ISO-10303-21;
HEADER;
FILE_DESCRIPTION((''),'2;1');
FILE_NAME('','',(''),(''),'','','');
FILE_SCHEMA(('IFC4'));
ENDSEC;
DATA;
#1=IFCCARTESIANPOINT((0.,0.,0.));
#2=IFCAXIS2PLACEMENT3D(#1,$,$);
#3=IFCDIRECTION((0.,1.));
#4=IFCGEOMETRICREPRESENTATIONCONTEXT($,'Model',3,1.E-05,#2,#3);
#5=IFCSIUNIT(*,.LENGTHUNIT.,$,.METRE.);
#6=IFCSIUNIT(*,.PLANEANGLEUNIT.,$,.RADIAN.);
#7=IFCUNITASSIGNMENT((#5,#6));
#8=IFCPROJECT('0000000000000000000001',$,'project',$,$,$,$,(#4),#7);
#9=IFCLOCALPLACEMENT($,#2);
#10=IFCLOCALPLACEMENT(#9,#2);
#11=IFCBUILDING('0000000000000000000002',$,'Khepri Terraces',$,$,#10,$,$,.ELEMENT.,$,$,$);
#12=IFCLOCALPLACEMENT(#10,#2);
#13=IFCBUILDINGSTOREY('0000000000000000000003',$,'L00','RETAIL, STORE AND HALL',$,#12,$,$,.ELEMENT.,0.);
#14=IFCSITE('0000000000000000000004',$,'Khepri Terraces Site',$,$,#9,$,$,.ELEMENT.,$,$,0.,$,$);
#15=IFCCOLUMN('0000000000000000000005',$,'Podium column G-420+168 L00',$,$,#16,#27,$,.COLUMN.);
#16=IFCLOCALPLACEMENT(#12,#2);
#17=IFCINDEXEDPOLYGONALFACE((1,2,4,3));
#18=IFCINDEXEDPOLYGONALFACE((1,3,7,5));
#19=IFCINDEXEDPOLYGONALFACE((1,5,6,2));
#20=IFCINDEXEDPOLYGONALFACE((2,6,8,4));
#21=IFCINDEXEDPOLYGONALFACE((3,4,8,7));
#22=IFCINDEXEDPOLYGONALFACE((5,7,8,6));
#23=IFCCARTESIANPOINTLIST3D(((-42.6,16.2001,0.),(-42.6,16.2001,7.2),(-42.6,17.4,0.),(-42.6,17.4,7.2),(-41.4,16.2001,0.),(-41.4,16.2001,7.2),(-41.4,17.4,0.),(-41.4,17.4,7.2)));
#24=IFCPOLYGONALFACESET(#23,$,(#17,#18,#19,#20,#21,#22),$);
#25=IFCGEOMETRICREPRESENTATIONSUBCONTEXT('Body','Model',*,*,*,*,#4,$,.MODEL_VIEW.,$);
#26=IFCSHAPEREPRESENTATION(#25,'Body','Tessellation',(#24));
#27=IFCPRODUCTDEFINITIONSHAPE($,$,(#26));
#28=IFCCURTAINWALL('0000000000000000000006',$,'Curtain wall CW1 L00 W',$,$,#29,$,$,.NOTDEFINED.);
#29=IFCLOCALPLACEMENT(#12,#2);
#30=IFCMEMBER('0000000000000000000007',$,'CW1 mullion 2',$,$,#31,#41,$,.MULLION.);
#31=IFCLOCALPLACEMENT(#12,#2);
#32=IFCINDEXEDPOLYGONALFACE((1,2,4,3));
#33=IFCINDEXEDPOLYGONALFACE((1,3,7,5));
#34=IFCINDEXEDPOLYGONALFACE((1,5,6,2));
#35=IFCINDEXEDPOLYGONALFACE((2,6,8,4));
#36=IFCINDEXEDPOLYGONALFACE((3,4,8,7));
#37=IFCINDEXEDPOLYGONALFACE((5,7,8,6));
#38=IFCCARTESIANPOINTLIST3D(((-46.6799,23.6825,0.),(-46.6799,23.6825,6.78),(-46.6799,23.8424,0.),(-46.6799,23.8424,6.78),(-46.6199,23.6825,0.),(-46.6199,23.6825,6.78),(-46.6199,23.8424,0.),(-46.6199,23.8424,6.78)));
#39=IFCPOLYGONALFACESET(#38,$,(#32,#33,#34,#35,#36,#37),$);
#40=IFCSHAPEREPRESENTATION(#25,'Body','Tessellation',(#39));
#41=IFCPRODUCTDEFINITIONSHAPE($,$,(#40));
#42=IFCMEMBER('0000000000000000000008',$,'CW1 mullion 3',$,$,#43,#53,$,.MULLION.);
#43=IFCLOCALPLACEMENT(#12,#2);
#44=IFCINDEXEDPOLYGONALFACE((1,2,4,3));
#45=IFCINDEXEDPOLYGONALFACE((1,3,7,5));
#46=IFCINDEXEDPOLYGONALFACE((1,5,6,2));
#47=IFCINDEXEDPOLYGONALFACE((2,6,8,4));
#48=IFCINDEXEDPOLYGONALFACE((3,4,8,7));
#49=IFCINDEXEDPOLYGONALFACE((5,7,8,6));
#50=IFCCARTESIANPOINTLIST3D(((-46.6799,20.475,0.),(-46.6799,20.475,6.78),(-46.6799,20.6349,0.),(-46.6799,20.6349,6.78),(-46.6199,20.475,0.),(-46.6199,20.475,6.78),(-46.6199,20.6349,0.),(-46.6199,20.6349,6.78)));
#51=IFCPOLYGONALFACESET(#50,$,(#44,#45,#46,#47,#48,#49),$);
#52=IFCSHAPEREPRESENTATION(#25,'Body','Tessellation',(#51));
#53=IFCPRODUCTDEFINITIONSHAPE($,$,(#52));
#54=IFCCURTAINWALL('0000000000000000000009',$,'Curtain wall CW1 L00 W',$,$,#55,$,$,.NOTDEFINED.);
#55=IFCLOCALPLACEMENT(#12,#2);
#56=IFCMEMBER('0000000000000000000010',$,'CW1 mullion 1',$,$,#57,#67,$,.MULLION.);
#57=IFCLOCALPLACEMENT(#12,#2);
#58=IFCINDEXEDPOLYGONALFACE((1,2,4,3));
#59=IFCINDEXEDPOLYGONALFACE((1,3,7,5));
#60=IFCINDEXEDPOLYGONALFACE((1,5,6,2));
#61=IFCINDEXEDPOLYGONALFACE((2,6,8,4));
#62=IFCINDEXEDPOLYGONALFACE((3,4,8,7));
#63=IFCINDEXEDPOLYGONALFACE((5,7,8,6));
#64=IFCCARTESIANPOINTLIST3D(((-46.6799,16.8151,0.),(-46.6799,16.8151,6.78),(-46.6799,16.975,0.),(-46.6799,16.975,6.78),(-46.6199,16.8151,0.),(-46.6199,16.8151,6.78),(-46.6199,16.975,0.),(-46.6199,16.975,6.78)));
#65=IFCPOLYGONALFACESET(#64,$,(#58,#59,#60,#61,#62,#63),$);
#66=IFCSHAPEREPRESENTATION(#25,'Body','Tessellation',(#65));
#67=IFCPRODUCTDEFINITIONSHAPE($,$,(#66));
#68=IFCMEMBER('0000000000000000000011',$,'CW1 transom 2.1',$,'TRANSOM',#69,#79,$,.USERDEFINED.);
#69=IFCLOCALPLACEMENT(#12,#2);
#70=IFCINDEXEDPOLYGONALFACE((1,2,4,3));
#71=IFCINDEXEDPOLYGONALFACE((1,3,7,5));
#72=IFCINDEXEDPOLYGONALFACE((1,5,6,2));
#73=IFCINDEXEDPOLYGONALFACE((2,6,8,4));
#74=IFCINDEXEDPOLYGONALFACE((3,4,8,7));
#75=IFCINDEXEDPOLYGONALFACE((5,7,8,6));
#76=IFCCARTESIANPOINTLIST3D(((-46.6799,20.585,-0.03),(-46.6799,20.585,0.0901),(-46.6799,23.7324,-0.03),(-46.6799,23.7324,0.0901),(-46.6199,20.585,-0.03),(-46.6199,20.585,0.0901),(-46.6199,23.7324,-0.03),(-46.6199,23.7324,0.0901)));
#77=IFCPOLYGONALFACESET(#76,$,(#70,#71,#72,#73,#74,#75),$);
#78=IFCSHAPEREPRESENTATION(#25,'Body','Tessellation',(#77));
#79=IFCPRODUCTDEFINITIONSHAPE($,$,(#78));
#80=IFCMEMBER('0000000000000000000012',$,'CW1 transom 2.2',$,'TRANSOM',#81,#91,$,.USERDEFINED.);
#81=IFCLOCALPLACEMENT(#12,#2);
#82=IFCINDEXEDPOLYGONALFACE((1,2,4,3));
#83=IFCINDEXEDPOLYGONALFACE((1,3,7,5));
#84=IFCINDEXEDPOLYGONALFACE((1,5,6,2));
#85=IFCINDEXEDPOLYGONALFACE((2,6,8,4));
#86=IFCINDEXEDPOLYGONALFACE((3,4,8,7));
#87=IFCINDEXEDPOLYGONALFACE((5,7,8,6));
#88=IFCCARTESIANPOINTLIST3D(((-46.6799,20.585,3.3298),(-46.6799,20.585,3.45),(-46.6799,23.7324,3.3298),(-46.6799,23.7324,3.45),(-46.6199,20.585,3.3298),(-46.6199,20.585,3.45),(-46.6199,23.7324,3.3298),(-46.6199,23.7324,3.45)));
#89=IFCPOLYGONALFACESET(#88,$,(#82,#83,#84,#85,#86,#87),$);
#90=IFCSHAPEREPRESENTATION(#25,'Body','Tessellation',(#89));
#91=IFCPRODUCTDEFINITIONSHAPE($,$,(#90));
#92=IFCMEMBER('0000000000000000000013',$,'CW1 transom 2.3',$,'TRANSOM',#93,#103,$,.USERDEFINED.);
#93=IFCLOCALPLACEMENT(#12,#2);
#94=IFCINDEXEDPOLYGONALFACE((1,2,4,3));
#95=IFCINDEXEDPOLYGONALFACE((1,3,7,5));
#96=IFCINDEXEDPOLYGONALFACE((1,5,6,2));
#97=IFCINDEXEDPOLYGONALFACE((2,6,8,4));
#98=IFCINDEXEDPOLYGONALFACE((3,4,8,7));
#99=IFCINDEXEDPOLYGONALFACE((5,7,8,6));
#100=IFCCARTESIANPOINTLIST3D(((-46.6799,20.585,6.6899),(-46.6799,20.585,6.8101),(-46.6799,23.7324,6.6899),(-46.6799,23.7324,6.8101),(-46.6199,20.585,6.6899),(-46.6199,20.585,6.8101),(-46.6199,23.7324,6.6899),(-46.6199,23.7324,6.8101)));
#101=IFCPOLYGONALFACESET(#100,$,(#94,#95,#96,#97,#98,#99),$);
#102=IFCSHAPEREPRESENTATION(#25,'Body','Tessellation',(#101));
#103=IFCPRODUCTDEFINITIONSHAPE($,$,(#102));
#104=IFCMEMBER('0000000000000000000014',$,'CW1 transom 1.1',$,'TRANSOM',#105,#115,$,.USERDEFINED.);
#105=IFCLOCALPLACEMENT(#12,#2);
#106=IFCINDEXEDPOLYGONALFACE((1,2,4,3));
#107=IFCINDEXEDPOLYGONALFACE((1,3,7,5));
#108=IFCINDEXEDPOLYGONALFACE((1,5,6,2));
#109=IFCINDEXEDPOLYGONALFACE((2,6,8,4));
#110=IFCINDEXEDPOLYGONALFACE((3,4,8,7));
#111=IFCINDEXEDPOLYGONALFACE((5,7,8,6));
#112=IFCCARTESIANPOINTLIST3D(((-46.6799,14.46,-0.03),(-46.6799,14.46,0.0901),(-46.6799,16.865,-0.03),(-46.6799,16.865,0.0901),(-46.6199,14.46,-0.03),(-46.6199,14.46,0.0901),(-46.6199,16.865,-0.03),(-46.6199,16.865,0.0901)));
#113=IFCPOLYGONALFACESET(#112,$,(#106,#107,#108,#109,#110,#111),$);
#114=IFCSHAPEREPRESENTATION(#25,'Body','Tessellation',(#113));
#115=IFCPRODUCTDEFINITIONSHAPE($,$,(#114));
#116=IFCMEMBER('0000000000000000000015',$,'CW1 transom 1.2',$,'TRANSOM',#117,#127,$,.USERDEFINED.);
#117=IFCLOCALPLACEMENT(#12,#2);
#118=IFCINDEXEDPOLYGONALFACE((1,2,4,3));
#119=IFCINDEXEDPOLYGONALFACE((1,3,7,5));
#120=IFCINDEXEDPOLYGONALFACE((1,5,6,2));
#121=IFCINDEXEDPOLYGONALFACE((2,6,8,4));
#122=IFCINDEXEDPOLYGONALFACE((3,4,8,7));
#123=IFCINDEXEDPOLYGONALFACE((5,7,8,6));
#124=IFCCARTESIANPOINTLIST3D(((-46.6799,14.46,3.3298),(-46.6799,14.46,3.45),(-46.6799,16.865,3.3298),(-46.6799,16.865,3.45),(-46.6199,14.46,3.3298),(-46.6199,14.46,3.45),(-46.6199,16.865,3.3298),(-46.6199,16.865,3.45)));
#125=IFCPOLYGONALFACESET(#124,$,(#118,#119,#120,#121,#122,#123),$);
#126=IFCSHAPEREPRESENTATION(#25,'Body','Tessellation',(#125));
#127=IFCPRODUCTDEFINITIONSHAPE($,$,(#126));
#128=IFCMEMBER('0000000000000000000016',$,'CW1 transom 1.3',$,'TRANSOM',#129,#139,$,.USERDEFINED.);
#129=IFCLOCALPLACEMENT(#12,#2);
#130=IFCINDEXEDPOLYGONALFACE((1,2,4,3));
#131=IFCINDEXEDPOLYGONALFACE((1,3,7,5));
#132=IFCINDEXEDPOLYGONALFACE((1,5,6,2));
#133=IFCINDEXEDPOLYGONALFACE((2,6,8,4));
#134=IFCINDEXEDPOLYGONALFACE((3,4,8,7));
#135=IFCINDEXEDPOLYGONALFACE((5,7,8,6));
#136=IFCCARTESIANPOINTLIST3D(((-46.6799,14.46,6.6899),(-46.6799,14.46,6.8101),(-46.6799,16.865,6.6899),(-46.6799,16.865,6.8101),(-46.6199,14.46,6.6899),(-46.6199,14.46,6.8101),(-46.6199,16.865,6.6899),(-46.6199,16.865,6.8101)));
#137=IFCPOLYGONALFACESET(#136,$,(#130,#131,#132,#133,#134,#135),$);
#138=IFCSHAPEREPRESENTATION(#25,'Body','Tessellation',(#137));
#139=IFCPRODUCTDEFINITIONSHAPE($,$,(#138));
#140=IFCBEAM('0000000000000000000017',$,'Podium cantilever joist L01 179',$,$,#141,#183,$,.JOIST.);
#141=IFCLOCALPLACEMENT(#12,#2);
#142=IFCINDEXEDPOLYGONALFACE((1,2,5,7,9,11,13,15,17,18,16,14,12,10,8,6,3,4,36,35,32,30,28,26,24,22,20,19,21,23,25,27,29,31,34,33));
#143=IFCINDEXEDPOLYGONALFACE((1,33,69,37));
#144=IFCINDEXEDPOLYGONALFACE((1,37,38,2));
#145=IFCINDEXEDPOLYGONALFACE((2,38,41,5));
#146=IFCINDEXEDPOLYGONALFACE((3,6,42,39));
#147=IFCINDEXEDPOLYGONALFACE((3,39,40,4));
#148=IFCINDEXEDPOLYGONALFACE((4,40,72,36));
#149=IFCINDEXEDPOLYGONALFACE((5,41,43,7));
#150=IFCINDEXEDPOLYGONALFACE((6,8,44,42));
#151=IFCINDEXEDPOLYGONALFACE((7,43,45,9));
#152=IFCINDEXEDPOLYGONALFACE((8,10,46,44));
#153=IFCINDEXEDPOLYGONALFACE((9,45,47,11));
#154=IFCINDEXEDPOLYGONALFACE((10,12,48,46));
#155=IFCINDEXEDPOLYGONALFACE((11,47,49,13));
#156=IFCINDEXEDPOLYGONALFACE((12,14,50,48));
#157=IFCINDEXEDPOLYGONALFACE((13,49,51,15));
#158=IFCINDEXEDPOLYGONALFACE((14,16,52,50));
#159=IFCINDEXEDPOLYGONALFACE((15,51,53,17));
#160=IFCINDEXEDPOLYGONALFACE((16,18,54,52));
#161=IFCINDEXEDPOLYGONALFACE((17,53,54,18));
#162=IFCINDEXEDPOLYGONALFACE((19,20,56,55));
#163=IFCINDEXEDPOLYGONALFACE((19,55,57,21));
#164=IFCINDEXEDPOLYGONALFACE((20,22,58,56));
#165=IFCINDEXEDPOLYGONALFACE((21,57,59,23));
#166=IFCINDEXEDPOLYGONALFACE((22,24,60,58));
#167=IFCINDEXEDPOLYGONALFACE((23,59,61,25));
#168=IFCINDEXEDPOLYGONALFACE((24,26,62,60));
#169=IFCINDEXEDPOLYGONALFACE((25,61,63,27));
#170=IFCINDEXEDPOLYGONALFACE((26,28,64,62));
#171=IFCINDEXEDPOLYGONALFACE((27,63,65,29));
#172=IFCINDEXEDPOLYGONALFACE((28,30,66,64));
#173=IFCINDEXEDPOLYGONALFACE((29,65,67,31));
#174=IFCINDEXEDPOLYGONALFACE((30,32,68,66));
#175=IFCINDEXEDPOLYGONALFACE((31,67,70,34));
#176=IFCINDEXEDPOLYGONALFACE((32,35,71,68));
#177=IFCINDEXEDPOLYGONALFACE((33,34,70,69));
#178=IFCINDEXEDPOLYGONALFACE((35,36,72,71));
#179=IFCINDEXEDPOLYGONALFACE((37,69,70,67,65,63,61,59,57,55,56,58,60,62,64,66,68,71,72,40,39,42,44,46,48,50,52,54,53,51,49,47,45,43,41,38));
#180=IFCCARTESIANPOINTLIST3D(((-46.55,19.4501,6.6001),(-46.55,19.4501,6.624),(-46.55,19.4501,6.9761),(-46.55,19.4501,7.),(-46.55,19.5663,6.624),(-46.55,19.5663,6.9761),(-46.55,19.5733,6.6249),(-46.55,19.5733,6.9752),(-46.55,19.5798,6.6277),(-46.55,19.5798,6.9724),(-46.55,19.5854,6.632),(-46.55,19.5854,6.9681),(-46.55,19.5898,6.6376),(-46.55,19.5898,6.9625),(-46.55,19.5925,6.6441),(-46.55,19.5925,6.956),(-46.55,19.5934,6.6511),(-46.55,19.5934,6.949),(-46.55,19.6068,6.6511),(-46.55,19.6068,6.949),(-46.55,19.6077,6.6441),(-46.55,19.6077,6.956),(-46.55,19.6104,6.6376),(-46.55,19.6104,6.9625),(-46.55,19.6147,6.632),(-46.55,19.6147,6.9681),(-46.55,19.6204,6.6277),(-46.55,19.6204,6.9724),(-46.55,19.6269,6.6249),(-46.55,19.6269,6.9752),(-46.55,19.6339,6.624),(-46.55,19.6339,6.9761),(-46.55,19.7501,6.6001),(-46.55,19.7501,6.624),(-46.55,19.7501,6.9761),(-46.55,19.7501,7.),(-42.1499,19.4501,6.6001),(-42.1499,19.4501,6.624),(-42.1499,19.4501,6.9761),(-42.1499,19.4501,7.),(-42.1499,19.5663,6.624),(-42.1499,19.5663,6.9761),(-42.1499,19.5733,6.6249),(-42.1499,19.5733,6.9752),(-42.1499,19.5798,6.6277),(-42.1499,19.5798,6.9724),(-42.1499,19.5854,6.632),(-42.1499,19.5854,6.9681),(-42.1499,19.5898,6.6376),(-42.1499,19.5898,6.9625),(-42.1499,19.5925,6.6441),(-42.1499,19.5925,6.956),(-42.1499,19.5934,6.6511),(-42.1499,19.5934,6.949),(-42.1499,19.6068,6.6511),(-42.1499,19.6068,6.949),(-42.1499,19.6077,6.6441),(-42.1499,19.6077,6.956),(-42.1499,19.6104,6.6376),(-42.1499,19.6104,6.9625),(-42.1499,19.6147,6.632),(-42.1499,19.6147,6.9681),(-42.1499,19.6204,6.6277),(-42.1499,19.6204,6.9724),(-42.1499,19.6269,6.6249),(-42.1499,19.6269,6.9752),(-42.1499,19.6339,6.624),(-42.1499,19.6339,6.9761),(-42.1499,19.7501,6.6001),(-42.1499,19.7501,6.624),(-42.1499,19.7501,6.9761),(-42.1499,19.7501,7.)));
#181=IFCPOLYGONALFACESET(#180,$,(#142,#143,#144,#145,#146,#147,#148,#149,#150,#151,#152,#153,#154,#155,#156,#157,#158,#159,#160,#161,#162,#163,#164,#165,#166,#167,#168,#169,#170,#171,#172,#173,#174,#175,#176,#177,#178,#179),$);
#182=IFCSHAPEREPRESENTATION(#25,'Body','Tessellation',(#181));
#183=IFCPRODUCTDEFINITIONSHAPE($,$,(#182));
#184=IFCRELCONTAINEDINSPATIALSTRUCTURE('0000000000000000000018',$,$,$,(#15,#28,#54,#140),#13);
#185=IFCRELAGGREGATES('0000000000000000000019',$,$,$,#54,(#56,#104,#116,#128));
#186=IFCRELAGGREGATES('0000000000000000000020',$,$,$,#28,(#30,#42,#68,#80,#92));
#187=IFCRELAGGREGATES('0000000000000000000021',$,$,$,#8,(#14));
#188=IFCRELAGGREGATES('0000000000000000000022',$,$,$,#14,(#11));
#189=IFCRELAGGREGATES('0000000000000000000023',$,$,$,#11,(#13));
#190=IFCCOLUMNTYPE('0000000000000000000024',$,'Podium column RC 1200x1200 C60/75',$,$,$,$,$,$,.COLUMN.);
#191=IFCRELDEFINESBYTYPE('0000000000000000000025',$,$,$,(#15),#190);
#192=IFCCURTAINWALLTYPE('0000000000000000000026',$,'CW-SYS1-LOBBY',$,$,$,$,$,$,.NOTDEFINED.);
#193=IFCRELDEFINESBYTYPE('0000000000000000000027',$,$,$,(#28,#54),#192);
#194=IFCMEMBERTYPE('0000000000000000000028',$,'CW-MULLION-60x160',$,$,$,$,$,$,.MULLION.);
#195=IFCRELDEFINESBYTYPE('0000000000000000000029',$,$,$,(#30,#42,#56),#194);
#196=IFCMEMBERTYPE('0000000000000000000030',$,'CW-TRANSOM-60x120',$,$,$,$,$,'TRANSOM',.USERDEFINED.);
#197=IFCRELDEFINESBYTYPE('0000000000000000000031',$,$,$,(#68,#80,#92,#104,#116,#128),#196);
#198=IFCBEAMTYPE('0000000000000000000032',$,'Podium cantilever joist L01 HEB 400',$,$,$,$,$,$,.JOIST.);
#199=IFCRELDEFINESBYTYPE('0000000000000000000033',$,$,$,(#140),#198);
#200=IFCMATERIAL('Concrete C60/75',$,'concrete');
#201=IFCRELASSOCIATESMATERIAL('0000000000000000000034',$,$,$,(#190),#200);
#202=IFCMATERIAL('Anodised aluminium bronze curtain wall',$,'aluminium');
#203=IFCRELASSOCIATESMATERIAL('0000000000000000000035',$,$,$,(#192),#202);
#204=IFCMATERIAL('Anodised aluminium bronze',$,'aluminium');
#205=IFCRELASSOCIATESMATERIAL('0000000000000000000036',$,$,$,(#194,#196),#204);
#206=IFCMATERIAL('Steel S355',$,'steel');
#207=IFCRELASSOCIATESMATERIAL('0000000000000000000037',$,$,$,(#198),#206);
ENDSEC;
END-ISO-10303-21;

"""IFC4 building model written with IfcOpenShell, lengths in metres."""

from ifc_helpers import new_model, si_unit, direction, frame, origin, origin_2d, place, context, subcontext, project, spatial, rectangle, i_section, extrude, material, material_profile, profile_set, type_object, element, aggregate, save


model = new_model("IFC4")

# Units and contexts
model_context = context("Model", 3, precision=1e-05, world=origin(), true_north=direction((0.0, 1.0)))
body_context = subcontext(model_context, "Body", "Model", "MODEL_VIEW")
ifc_project = project(units=[si_unit("LENGTHUNIT", "METRE"), si_unit("PLANEANGLEUNIT", "RADIAN")], contexts=[model_context])

# Site, building, storey
site_placement = place(None, origin())
site = spatial("IfcSite", under=ifc_project, at=site_placement, Name="Khepri Terraces Site", CompositionType="ELEMENT", RefElevation=0.0)
building_placement = place(site_placement, origin())
building = spatial("IfcBuilding", under=site, at=building_placement, Name="Khepri Terraces", CompositionType="ELEMENT")
storey_placement = place(building_placement, origin())
storey = spatial("IfcBuildingStorey", under=building, at=storey_placement, Name="L00", Description="RETAIL, STORE AND HALL", CompositionType="ELEMENT", Elevation=0.0)

# Column
ifc_material_1 = material(Name="Concrete C60/75", Category="concrete")
ifc_material_profile_1 = material_profile(ifc_material_1, rectangle(XDim=1.2, YDim=1.2, at=origin_2d()), Name="Concrete C60/75", Category="concrete")
ifc_profile_set_1 = profile_set([ifc_material_profile_1], Name="Concrete C60/75")
column_type = type_object("IfcColumnType", Name="Podium column RC 1200x1200 C60/75", PredefinedType="COLUMN", material=ifc_profile_set_1)
column_placement = place(storey_placement, frame((-42.0, 16.8, 0.0), z_axis=(0.0, 0.0, 1.0), x_axis=(1.0, 0.0, 0.0)))
element("IfcColumn", 1, at=column_placement, inside=storey, type_object=column_type, Name="Podium column G-420+168 L00", PredefinedType="COLUMN", context=body_context, shape_type="SweptSolid", body=[
    extrude(rectangle(XDim=1.2, YDim=1.2, at=origin_2d()), origin(), (0.0, 0.0, 1.0), 7.2),
])

# Curtain wall, members
ifc_material_2 = material(Name="Anodised aluminium bronze curtain wall", Category="aluminium")
curtain_wall_type = type_object("IfcCurtainWallType", Name="CW-SYS1-LOBBY", PredefinedType="NOTDEFINED", material=ifc_material_2)
curtain_wall_1_placement = place(storey_placement, origin())
curtain_wall_1 = element("IfcCurtainWall", 2, at=curtain_wall_1_placement, inside=storey, type_object=curtain_wall_type, Name="Curtain wall CW1 L00 W", PredefinedType="NOTDEFINED")
ifc_material_3 = material(Name="Anodised aluminium bronze", Category="aluminium")
ifc_material_profile_2 = material_profile(ifc_material_3, rectangle(XDim=0.0601, YDim=0.1599, at=origin_2d()), Name="Anodised aluminium bronze", Category="aluminium")
ifc_profile_set_2 = profile_set([ifc_material_profile_2], Name="Anodised aluminium bronze")
member_type_1 = type_object("IfcMemberType", Name="CW-MULLION-60x160", PredefinedType="MULLION", material=ifc_profile_set_2)
member_1_placement = place(storey_placement, frame((-46.6499, 23.7625, 0.0), z_axis=(0.0, 0.0, 1.0), x_axis=(1.0, 0.0, 0.0)))
member_1 = element("IfcMember", 3, at=member_1_placement, type_object=member_type_1, Name="CW1 mullion 2", PredefinedType="MULLION", context=body_context, shape_type="SweptSolid", body=[
    extrude(rectangle(XDim=0.0601, YDim=0.1599, at=origin_2d()), origin(), (0.0, 0.0, 1.0), 6.78),
])
member_2_placement = place(storey_placement, frame((-46.6499, 20.5549, 0.0), z_axis=(0.0, 0.0, 1.0), x_axis=(1.0, 0.0, 0.0)))
member_2 = element("IfcMember", 4, at=member_2_placement, type_object=member_type_1, Name="CW1 mullion 3", PredefinedType="MULLION", context=body_context, shape_type="SweptSolid", body=[
    extrude(rectangle(XDim=0.0601, YDim=0.1599, at=origin_2d()), origin(), (0.0, 0.0, 1.0), 6.78),
])

# Curtain wall, member
curtain_wall_2_placement = place(storey_placement, origin())
curtain_wall_2 = element("IfcCurtainWall", 5, at=curtain_wall_2_placement, inside=storey, type_object=curtain_wall_type, Name="Curtain wall CW1 L00 W", PredefinedType="NOTDEFINED")
member_3_placement = place(storey_placement, frame((-46.6499, 16.895, 0.0), z_axis=(0.0, 0.0, 1.0), x_axis=(1.0, 0.0, 0.0)))
member_3 = element("IfcMember", 6, at=member_3_placement, type_object=member_type_1, Name="CW1 mullion 1", PredefinedType="MULLION", context=body_context, shape_type="SweptSolid", body=[
    extrude(rectangle(XDim=0.0601, YDim=0.1599, at=origin_2d()), origin(), (0.0, 0.0, 1.0), 6.78),
])

# Members
ifc_material_profile_3 = material_profile(ifc_material_3, rectangle(XDim=0.0601, YDim=0.1201, at=origin_2d()), Name="Anodised aluminium bronze", Category="aluminium")
ifc_profile_set_3 = profile_set([ifc_material_profile_3], Name="Anodised aluminium bronze")
member_type_2 = type_object("IfcMemberType", Name="CW-TRANSOM-60x120", ElementType="TRANSOM", PredefinedType="USERDEFINED", material=ifc_profile_set_3)
member_4_placement = place(storey_placement, frame((-46.6499, 23.7324, 0.03), z_axis=(0.0, -1.0, 0.0), x_axis=(1.0, 0.0, 0.0)))
member_4 = element("IfcMember", 7, at=member_4_placement, type_object=member_type_2, Name="CW1 transom 2.1", ObjectType="TRANSOM", PredefinedType="USERDEFINED", context=body_context, shape_type="SweptSolid", body=[
    extrude(rectangle(XDim=0.0601, YDim=0.1201, at=origin_2d()), origin(), (0.0, 0.0, 1.0), 3.1475),
])
member_5_placement = place(storey_placement, frame((-46.6499, 23.7324, 3.3899), z_axis=(0.0, -1.0, 0.0), x_axis=(1.0, 0.0, 0.0)))
member_5 = element("IfcMember", 8, at=member_5_placement, type_object=member_type_2, Name="CW1 transom 2.2", ObjectType="TRANSOM", PredefinedType="USERDEFINED", context=body_context, shape_type="SweptSolid", body=[
    extrude(rectangle(XDim=0.0601, YDim=0.1201, at=origin_2d()), origin(), (0.0, 0.0, 1.0), 3.1475),
])
member_6_placement = place(storey_placement, frame((-46.6499, 23.7324, 6.75), z_axis=(0.0, -1.0, 0.0), x_axis=(1.0, 0.0, 0.0)))
member_6 = element("IfcMember", 9, at=member_6_placement, type_object=member_type_2, Name="CW1 transom 2.3", ObjectType="TRANSOM", PredefinedType="USERDEFINED", context=body_context, shape_type="SweptSolid", body=[
    extrude(rectangle(XDim=0.0601, YDim=0.1201, at=origin_2d()), origin(), (0.0, 0.0, 1.0), 3.1475),
])
member_7_placement = place(storey_placement, frame((-46.6499, 16.865, 0.03), z_axis=(0.0, -1.0, 0.0), x_axis=(1.0, 0.0, 0.0)))
member_7 = element("IfcMember", 10, at=member_7_placement, type_object=member_type_2, Name="CW1 transom 1.1", ObjectType="TRANSOM", PredefinedType="USERDEFINED", context=body_context, shape_type="SweptSolid", body=[
    extrude(rectangle(XDim=0.0601, YDim=0.1201, at=origin_2d()), origin(), (0.0, 0.0, 1.0), 2.405),
])
member_8_placement = place(storey_placement, frame((-46.6499, 16.865, 3.3899), z_axis=(0.0, -1.0, 0.0), x_axis=(1.0, 0.0, 0.0)))
member_8 = element("IfcMember", 11, at=member_8_placement, type_object=member_type_2, Name="CW1 transom 1.2", ObjectType="TRANSOM", PredefinedType="USERDEFINED", context=body_context, shape_type="SweptSolid", body=[
    extrude(rectangle(XDim=0.0601, YDim=0.1201, at=origin_2d()), origin(), (0.0, 0.0, 1.0), 2.405),
])
member_9_placement = place(storey_placement, frame((-46.6499, 16.865, 6.75), z_axis=(0.0, -1.0, 0.0), x_axis=(1.0, 0.0, 0.0)))
member_9 = element("IfcMember", 12, at=member_9_placement, type_object=member_type_2, Name="CW1 transom 1.3", ObjectType="TRANSOM", PredefinedType="USERDEFINED", context=body_context, shape_type="SweptSolid", body=[
    extrude(rectangle(XDim=0.0601, YDim=0.1201, at=origin_2d()), origin(), (0.0, 0.0, 1.0), 2.405),
])
aggregate(curtain_wall_2, [member_3, member_7, member_8, member_9])

# Beam
ifc_material_4 = material(Name="Steel S355", Category="steel")
ifc_material_profile_4 = material_profile(ifc_material_4, i_section(OverallWidth=0.3, OverallDepth=0.3999, WebThickness=0.0134, FlangeThickness=0.0239, FilletRadius=0.0271, at=origin_2d()), Name="Steel S355", Category="steel")
ifc_profile_set_4 = profile_set([ifc_material_profile_4], Name="Steel S355")
beam_type_1 = type_object("IfcBeamType", Name="Podium cantilever joist L01 HEB 400", PredefinedType="JOIST", material=ifc_profile_set_4)
beam_1_placement = place(storey_placement, frame((-46.55, 19.6001, 6.8), z_axis=(1.0, 0.0, 0.0), x_axis=(0.0, 1.0, 0.0)))
element("IfcBeam", 13, at=beam_1_placement, inside=storey, type_object=beam_type_1, Name="Podium cantilever joist L01 179", PredefinedType="JOIST", context=body_context, shape_type="SweptSolid", body=[
    extrude(i_section(OverallWidth=0.3, OverallDepth=0.3999, WebThickness=0.0134, FlangeThickness=0.0239, FilletRadius=0.0271, at=origin_2d()), origin(), (0.0, 0.0, 1.0), 4.4001),
])

aggregate(curtain_wall_1, [member_1, member_2, member_4, member_5, member_6])

save(model, "model.ifc")
